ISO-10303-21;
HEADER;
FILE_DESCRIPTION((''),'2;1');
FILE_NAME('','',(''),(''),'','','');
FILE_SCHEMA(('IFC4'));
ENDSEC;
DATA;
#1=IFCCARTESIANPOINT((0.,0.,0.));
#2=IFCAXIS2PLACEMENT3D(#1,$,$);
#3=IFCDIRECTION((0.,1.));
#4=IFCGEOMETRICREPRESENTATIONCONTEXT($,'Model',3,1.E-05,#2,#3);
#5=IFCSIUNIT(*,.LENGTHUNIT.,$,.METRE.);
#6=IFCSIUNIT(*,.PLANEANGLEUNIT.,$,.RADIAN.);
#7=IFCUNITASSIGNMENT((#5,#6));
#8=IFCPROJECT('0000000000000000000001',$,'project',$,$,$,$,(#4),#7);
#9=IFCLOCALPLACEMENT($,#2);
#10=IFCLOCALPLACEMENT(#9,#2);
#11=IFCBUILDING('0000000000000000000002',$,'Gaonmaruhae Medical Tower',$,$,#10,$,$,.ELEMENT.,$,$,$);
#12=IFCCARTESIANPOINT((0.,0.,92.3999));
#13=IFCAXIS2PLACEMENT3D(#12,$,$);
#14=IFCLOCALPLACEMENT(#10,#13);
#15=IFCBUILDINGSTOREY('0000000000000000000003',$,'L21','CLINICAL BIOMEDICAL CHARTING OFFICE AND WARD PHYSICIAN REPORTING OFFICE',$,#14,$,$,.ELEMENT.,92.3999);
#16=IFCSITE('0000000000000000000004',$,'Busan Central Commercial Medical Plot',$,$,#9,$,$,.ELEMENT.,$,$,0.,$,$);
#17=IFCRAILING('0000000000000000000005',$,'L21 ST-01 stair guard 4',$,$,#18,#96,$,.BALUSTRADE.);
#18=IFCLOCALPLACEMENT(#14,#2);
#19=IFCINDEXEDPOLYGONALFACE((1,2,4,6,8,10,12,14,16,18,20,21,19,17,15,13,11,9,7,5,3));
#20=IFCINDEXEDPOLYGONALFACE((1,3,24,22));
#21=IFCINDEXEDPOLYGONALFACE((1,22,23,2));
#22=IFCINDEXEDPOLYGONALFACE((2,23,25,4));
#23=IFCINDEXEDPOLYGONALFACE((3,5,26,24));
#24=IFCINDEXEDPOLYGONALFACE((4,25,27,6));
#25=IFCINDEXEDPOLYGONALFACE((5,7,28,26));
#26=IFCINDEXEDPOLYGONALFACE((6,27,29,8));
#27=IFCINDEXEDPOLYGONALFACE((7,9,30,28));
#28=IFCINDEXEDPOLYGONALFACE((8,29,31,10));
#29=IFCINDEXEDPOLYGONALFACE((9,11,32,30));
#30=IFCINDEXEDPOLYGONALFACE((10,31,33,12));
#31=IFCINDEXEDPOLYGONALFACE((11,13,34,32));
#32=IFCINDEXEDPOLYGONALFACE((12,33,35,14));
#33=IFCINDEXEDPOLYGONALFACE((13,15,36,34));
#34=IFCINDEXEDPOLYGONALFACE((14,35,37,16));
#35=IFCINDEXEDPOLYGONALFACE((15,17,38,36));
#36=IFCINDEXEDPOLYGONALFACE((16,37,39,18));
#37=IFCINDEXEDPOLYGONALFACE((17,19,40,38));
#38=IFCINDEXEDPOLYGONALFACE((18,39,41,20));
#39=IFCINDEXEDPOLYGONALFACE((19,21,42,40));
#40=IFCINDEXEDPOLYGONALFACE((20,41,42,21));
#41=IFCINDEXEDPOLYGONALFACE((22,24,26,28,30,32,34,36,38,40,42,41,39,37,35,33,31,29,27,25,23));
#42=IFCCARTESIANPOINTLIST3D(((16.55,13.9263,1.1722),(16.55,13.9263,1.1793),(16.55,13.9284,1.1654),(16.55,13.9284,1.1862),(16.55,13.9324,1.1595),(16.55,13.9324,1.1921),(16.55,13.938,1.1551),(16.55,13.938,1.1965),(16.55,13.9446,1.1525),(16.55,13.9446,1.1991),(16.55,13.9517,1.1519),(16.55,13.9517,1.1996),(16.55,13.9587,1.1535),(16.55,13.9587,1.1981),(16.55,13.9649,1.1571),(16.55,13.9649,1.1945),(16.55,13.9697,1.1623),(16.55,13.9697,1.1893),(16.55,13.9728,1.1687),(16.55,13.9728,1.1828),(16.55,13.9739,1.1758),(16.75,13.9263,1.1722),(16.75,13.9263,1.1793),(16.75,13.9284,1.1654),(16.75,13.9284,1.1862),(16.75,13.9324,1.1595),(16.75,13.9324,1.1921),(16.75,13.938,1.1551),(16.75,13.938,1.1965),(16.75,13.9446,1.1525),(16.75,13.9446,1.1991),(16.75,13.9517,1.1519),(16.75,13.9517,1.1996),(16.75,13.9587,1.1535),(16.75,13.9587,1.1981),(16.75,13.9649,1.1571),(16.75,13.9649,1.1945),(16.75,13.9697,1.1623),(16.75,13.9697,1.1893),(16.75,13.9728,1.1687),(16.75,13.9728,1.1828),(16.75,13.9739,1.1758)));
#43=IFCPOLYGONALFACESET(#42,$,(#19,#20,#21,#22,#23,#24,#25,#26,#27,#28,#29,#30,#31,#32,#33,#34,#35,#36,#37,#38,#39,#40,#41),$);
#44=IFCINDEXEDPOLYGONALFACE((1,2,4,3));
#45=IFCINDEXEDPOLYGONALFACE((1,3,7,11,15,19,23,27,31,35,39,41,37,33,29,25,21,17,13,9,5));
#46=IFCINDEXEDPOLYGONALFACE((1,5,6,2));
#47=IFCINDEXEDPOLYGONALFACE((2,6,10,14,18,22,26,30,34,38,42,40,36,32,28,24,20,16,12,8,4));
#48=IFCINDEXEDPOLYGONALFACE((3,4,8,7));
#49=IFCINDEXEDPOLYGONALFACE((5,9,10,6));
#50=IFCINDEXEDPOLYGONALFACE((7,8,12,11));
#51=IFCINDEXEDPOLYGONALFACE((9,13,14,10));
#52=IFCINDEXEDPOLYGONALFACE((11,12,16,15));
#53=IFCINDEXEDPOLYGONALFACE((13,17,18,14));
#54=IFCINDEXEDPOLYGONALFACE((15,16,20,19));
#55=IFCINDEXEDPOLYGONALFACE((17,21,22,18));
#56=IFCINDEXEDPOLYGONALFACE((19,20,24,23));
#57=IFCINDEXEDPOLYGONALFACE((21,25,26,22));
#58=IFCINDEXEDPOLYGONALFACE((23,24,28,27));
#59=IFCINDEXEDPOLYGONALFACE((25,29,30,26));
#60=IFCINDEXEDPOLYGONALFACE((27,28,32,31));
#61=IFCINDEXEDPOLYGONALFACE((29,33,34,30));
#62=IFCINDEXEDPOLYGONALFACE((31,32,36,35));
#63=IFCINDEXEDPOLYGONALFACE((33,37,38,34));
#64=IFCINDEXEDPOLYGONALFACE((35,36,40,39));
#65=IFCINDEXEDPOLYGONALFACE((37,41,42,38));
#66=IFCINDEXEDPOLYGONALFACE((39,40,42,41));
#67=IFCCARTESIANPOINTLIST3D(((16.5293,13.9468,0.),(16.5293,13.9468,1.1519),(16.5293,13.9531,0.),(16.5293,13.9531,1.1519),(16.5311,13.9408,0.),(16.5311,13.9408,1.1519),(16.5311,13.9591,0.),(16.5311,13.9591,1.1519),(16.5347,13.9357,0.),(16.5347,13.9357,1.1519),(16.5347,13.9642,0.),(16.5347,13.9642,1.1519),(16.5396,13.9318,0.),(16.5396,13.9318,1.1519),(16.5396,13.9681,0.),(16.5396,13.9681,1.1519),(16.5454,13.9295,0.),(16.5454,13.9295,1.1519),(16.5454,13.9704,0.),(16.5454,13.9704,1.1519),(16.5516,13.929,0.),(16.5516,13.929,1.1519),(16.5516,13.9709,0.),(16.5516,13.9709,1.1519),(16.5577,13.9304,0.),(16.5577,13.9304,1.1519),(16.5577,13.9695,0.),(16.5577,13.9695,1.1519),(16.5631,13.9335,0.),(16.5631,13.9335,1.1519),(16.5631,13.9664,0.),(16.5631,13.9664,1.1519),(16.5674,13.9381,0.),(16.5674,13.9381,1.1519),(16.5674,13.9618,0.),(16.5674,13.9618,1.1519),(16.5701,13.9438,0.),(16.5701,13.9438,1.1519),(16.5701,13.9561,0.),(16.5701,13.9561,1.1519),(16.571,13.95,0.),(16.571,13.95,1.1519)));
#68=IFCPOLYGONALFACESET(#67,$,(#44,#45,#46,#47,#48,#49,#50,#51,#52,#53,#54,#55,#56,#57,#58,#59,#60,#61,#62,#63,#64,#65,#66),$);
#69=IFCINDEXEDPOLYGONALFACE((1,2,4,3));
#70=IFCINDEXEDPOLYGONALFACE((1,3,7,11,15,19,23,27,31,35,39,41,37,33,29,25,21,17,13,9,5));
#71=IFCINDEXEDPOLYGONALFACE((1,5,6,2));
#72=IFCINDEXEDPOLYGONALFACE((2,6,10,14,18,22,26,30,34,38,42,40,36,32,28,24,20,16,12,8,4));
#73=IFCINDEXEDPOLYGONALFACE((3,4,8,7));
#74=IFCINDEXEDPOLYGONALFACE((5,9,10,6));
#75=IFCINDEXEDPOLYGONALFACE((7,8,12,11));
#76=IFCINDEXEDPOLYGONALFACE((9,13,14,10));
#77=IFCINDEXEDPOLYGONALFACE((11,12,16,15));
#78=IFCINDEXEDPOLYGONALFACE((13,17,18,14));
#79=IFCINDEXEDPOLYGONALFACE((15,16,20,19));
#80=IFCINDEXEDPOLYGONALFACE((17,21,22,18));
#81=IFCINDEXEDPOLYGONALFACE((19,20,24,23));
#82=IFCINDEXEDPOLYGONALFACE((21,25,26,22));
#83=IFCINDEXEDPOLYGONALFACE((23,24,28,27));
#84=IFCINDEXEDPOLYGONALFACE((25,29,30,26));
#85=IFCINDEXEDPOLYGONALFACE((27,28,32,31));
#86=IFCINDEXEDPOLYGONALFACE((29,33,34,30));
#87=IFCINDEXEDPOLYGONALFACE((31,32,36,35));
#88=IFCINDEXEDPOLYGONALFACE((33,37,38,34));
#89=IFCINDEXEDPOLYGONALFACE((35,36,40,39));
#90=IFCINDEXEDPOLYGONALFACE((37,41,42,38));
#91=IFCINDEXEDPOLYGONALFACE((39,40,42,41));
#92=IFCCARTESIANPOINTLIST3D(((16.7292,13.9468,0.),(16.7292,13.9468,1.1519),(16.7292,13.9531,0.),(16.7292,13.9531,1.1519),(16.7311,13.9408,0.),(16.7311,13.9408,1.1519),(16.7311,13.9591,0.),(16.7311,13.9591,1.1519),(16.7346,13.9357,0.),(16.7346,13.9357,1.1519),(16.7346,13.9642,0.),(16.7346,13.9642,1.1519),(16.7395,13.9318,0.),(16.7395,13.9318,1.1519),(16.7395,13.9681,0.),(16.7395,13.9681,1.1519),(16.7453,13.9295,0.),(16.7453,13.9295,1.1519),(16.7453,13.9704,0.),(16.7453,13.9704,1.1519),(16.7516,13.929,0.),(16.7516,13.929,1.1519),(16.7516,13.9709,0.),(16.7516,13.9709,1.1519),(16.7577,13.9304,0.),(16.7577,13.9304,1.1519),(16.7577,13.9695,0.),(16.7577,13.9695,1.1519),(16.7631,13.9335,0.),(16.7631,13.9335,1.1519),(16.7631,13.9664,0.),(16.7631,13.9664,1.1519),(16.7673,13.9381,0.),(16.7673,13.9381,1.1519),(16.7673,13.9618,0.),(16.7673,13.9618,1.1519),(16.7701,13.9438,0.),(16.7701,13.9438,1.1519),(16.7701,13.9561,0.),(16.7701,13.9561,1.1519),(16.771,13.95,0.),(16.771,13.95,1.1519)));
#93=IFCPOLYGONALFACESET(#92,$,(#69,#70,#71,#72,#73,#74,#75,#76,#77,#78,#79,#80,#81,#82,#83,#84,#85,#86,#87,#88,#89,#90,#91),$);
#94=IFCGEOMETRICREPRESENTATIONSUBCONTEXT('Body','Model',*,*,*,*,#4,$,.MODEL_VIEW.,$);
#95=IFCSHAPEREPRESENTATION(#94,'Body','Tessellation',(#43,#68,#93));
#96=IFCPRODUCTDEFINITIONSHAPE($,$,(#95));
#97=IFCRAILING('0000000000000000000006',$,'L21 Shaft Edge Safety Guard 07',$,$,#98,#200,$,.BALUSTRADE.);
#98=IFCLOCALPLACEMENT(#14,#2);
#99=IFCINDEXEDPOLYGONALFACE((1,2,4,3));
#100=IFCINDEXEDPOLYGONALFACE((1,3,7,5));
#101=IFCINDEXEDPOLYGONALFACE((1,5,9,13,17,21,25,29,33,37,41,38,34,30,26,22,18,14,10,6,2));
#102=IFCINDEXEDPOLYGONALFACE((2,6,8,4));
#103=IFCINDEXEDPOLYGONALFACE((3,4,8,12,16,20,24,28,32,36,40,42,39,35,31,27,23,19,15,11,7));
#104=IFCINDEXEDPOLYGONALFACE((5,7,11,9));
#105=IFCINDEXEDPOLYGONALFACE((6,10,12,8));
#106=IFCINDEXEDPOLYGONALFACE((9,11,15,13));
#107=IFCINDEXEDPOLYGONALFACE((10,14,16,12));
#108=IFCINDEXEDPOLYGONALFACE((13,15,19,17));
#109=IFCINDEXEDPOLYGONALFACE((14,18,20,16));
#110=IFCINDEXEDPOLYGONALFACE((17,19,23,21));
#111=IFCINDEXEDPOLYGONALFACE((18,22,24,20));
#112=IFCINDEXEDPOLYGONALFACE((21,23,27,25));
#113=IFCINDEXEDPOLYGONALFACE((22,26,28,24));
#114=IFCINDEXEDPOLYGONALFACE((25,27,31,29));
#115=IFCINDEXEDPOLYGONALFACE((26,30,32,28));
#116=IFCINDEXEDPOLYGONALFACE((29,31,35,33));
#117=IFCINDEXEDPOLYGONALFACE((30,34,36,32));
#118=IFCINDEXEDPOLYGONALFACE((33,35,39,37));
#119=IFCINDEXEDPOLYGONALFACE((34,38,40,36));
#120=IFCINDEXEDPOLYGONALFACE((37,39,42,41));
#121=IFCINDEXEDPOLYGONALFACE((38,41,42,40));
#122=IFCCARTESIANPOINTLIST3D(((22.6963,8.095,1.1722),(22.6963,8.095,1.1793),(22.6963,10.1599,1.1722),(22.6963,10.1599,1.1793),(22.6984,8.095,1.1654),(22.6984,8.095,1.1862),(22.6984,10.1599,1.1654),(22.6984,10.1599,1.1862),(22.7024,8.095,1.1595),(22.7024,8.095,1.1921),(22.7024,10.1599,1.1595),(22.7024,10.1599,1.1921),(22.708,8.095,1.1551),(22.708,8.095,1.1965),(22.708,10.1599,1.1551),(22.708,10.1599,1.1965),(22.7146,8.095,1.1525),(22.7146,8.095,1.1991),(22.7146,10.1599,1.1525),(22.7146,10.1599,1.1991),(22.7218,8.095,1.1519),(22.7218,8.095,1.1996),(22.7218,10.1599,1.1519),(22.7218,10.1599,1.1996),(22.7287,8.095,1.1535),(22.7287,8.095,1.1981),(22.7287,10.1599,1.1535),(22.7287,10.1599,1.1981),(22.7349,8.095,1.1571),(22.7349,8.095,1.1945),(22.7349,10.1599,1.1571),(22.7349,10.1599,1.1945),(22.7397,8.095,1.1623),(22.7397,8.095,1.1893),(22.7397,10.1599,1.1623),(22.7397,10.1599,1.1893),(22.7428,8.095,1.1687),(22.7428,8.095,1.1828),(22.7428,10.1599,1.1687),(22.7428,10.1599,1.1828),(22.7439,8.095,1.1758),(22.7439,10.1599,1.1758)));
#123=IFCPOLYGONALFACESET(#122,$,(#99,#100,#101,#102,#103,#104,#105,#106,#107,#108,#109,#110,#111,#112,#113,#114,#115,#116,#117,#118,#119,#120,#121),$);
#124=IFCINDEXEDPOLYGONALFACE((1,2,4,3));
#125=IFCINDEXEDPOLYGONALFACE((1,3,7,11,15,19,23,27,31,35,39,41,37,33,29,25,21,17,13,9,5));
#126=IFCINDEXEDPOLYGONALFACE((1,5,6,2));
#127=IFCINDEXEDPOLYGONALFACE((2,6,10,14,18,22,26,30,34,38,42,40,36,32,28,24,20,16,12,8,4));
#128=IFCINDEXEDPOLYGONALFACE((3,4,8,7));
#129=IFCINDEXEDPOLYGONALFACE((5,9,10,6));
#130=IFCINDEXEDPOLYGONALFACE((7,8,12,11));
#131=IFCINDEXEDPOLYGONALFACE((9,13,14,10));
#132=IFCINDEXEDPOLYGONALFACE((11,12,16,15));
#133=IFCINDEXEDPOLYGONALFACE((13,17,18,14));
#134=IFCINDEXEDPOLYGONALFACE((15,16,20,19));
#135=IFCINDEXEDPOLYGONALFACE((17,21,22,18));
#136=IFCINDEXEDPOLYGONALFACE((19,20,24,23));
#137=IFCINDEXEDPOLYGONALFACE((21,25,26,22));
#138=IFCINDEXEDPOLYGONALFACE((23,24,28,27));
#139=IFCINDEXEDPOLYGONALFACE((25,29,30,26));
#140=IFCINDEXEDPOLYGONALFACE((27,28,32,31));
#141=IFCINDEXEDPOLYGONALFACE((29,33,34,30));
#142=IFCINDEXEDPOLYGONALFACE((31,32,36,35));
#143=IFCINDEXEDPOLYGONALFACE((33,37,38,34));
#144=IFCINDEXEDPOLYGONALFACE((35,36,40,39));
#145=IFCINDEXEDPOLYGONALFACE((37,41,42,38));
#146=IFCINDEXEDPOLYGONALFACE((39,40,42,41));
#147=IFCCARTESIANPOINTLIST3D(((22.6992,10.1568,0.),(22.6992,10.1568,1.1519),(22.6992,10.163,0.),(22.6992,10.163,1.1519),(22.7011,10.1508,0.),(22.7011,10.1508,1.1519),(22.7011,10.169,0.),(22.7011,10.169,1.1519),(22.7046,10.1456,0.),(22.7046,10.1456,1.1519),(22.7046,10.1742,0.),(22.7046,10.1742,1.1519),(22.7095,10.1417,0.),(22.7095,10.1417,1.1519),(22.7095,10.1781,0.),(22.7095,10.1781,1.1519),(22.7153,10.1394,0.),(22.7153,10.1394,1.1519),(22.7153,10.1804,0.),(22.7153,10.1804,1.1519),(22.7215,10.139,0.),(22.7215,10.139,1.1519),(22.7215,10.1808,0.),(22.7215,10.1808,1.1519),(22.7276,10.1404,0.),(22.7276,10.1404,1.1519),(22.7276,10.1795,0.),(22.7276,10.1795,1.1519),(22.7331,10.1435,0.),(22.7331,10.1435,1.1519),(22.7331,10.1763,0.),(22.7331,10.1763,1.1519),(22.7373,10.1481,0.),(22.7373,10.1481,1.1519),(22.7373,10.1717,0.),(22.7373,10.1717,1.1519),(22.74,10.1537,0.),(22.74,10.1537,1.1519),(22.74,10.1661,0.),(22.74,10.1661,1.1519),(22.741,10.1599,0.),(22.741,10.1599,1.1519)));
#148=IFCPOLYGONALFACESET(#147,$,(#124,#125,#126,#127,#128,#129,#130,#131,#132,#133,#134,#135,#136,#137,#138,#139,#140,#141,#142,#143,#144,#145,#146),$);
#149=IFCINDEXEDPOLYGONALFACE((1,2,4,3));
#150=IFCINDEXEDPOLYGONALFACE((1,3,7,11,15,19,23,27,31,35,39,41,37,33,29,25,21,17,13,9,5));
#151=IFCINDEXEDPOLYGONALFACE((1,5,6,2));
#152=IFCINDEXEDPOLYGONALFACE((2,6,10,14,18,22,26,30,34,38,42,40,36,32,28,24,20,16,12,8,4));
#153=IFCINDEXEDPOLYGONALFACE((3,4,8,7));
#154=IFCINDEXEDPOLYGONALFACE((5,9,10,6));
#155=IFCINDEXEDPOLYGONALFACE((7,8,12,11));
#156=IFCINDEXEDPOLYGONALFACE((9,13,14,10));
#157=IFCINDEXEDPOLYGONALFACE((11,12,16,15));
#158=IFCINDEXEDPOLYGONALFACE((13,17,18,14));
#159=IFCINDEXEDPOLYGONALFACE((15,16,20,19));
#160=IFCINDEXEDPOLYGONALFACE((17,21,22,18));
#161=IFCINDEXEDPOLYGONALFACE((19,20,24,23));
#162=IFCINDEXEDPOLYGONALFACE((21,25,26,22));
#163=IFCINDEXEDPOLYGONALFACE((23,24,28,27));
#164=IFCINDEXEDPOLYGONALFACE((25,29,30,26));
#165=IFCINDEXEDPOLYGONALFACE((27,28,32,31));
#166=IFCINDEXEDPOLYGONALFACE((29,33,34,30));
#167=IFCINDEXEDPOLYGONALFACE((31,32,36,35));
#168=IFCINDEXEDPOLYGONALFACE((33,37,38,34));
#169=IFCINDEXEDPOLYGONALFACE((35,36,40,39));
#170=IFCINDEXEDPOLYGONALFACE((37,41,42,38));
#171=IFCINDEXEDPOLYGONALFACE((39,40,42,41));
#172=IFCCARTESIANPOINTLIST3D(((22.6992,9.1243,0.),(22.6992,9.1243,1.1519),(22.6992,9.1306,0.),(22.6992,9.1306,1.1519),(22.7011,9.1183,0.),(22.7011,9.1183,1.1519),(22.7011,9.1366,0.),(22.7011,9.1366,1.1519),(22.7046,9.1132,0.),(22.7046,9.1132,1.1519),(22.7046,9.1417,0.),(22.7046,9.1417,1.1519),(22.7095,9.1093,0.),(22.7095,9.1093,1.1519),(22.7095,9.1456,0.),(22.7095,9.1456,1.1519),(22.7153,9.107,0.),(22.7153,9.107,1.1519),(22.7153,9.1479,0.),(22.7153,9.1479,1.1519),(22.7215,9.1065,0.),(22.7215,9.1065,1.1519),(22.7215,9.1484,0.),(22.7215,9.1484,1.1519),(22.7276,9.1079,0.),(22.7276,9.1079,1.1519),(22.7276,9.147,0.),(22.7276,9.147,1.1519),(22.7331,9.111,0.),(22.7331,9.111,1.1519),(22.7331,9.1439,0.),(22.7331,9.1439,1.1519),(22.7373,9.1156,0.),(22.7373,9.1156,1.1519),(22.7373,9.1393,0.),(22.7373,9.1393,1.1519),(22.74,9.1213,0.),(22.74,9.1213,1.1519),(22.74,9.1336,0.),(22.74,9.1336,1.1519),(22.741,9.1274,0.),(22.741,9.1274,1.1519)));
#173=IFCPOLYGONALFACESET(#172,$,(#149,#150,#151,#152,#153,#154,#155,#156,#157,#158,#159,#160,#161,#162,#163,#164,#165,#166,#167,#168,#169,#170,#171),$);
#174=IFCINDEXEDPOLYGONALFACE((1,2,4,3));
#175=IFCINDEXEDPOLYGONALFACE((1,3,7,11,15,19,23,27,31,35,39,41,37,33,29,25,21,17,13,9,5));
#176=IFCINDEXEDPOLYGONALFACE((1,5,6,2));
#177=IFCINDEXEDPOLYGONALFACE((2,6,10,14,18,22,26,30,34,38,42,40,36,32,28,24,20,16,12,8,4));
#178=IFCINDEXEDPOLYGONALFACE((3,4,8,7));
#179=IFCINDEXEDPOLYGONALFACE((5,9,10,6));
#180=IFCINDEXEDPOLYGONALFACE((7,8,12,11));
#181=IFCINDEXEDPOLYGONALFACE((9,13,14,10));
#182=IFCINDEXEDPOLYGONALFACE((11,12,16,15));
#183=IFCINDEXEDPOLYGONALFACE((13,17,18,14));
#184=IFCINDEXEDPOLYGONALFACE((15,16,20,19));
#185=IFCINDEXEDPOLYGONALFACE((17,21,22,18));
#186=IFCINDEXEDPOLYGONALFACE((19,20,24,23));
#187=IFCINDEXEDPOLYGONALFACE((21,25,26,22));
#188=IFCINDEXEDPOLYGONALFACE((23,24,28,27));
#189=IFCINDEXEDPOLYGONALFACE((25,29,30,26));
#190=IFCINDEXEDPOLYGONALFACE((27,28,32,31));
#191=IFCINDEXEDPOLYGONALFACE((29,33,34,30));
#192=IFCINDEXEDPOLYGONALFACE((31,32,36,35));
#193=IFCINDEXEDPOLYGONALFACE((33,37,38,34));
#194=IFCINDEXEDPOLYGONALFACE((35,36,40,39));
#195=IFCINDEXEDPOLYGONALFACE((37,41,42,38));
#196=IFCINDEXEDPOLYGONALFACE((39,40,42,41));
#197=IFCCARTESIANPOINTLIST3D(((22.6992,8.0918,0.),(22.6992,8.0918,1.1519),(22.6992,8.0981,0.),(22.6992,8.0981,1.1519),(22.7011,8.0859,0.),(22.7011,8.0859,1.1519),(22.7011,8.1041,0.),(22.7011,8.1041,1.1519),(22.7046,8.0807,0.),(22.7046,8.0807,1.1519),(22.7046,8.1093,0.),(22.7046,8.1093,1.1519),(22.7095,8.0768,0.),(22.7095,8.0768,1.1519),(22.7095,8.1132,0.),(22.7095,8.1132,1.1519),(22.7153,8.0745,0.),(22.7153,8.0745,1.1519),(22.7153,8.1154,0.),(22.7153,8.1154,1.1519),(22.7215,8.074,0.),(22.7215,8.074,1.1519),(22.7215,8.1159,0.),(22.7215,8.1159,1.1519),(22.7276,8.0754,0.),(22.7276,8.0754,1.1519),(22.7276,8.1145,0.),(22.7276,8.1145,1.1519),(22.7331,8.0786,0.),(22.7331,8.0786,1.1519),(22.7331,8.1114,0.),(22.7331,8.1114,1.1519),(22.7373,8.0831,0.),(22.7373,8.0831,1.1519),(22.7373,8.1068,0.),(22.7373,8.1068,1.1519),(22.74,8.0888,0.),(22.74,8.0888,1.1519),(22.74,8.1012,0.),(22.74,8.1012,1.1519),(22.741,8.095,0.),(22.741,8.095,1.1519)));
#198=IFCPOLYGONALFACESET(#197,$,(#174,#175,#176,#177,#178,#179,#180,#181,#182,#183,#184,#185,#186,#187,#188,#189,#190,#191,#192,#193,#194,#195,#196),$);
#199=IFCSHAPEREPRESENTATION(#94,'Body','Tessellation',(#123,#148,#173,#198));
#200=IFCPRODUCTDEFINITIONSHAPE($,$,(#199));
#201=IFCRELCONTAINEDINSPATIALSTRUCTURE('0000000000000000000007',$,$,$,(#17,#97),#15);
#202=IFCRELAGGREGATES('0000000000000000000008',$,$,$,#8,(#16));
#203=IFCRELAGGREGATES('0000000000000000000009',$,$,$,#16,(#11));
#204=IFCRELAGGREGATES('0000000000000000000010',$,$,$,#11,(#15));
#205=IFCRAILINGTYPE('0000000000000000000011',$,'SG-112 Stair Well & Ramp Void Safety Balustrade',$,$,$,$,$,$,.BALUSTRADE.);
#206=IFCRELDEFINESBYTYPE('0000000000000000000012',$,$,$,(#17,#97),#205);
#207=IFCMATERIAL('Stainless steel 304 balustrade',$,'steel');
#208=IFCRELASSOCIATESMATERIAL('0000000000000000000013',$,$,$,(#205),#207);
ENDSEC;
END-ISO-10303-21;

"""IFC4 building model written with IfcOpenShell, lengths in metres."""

from ifc_helpers import new_model, si_unit, direction, frame, origin, origin_2d, place, context, subcontext, project, spatial, circle, extrude, material, type_object, element, save


model = new_model("IFC4")

# Units and contexts
model_context = context("Model", 3, precision=1e-05, world=origin(), true_north=direction((0.0, 1.0)))
body_context = subcontext(model_context, "Body", "Model", "MODEL_VIEW")
ifc_project = project(units=[si_unit("LENGTHUNIT", "METRE"), si_unit("PLANEANGLEUNIT", "RADIAN")], contexts=[model_context])

# Site, building, storey
site_placement = place(None, origin())
site = spatial("IfcSite", under=ifc_project, at=site_placement, Name="Busan Central Commercial Medical Plot", CompositionType="ELEMENT", RefElevation=0.0)
building_placement = place(site_placement, origin())
building = spatial("IfcBuilding", under=site, at=building_placement, Name="Gaonmaruhae Medical Tower", CompositionType="ELEMENT")
storey_placement = place(building_placement, frame((0.0, 0.0, 92.3999)))
storey = spatial("IfcBuildingStorey", under=building, at=storey_placement, Name="L21", Description="CLINICAL BIOMEDICAL CHARTING OFFICE AND WARD PHYSICIAN REPORTING OFFICE", CompositionType="ELEMENT", Elevation=92.3999)

# Railings
ifc_material_1 = material(Name="Stainless steel 304 balustrade", Category="steel")
railing_type_1 = type_object("IfcRailingType", Name="SG-112 Stair Well & Ramp Void Safety Balustrade", PredefinedType="BALUSTRADE", material=ifc_material_1)
railing_1_placement = place(storey_placement, frame((16.55, 13.95, 0.0)))
element("IfcRailing", 1, at=railing_1_placement, inside=storey, type_object=railing_type_1, Name="L21 ST-01 stair guard 4", PredefinedType="BALUSTRADE", context=body_context, shape_type="SweptSolid", body=[
    extrude(circle(Radius=0.0239, at=origin_2d()), frame((0.0, 0.0, 1.1758), z_axis=(1.0, 0.0, 0.0), x_axis=(0.0, 1.0, 0.0)), (0.0, 0.0, 1.0), 0.2),
    extrude(circle(Radius=0.021, at=origin_2d()), origin(), (0.0, 0.0, 1.0), 1.1519),
    extrude(circle(Radius=0.021, at=origin_2d()), frame((0.2, 0.0, 0.0)), (0.0, 0.0, 1.0), 1.1519),
])
railing_2_placement = place(storey_placement, frame((22.72, 10.1599, 0.0)))
element("IfcRailing", 2, at=railing_2_placement, inside=storey, type_object=railing_type_1, Name="L21 Shaft Edge Safety Guard 07", PredefinedType="BALUSTRADE", context=body_context, shape_type="SweptSolid", body=[
    extrude(circle(Radius=0.0239, at=origin_2d()), frame((0.0, 0.0, 1.1758), z_axis=(0.0, -1.0, 0.0), x_axis=(1.0, 0.0, 0.0)), (0.0, 0.0, 1.0), 2.0649),
    extrude(circle(Radius=0.021, at=origin_2d()), origin(), (0.0, 0.0, 1.0), 1.1519),
    extrude(circle(Radius=0.021, at=origin_2d()), frame((0.0, -1.0325, 0.0)), (0.0, 0.0, 1.0), 1.1519),
    extrude(circle(Radius=0.021, at=origin_2d()), frame((0.0, -2.0649, 0.0)), (0.0, 0.0, 1.0), 1.1519),
])

save(model, "model.ifc")
